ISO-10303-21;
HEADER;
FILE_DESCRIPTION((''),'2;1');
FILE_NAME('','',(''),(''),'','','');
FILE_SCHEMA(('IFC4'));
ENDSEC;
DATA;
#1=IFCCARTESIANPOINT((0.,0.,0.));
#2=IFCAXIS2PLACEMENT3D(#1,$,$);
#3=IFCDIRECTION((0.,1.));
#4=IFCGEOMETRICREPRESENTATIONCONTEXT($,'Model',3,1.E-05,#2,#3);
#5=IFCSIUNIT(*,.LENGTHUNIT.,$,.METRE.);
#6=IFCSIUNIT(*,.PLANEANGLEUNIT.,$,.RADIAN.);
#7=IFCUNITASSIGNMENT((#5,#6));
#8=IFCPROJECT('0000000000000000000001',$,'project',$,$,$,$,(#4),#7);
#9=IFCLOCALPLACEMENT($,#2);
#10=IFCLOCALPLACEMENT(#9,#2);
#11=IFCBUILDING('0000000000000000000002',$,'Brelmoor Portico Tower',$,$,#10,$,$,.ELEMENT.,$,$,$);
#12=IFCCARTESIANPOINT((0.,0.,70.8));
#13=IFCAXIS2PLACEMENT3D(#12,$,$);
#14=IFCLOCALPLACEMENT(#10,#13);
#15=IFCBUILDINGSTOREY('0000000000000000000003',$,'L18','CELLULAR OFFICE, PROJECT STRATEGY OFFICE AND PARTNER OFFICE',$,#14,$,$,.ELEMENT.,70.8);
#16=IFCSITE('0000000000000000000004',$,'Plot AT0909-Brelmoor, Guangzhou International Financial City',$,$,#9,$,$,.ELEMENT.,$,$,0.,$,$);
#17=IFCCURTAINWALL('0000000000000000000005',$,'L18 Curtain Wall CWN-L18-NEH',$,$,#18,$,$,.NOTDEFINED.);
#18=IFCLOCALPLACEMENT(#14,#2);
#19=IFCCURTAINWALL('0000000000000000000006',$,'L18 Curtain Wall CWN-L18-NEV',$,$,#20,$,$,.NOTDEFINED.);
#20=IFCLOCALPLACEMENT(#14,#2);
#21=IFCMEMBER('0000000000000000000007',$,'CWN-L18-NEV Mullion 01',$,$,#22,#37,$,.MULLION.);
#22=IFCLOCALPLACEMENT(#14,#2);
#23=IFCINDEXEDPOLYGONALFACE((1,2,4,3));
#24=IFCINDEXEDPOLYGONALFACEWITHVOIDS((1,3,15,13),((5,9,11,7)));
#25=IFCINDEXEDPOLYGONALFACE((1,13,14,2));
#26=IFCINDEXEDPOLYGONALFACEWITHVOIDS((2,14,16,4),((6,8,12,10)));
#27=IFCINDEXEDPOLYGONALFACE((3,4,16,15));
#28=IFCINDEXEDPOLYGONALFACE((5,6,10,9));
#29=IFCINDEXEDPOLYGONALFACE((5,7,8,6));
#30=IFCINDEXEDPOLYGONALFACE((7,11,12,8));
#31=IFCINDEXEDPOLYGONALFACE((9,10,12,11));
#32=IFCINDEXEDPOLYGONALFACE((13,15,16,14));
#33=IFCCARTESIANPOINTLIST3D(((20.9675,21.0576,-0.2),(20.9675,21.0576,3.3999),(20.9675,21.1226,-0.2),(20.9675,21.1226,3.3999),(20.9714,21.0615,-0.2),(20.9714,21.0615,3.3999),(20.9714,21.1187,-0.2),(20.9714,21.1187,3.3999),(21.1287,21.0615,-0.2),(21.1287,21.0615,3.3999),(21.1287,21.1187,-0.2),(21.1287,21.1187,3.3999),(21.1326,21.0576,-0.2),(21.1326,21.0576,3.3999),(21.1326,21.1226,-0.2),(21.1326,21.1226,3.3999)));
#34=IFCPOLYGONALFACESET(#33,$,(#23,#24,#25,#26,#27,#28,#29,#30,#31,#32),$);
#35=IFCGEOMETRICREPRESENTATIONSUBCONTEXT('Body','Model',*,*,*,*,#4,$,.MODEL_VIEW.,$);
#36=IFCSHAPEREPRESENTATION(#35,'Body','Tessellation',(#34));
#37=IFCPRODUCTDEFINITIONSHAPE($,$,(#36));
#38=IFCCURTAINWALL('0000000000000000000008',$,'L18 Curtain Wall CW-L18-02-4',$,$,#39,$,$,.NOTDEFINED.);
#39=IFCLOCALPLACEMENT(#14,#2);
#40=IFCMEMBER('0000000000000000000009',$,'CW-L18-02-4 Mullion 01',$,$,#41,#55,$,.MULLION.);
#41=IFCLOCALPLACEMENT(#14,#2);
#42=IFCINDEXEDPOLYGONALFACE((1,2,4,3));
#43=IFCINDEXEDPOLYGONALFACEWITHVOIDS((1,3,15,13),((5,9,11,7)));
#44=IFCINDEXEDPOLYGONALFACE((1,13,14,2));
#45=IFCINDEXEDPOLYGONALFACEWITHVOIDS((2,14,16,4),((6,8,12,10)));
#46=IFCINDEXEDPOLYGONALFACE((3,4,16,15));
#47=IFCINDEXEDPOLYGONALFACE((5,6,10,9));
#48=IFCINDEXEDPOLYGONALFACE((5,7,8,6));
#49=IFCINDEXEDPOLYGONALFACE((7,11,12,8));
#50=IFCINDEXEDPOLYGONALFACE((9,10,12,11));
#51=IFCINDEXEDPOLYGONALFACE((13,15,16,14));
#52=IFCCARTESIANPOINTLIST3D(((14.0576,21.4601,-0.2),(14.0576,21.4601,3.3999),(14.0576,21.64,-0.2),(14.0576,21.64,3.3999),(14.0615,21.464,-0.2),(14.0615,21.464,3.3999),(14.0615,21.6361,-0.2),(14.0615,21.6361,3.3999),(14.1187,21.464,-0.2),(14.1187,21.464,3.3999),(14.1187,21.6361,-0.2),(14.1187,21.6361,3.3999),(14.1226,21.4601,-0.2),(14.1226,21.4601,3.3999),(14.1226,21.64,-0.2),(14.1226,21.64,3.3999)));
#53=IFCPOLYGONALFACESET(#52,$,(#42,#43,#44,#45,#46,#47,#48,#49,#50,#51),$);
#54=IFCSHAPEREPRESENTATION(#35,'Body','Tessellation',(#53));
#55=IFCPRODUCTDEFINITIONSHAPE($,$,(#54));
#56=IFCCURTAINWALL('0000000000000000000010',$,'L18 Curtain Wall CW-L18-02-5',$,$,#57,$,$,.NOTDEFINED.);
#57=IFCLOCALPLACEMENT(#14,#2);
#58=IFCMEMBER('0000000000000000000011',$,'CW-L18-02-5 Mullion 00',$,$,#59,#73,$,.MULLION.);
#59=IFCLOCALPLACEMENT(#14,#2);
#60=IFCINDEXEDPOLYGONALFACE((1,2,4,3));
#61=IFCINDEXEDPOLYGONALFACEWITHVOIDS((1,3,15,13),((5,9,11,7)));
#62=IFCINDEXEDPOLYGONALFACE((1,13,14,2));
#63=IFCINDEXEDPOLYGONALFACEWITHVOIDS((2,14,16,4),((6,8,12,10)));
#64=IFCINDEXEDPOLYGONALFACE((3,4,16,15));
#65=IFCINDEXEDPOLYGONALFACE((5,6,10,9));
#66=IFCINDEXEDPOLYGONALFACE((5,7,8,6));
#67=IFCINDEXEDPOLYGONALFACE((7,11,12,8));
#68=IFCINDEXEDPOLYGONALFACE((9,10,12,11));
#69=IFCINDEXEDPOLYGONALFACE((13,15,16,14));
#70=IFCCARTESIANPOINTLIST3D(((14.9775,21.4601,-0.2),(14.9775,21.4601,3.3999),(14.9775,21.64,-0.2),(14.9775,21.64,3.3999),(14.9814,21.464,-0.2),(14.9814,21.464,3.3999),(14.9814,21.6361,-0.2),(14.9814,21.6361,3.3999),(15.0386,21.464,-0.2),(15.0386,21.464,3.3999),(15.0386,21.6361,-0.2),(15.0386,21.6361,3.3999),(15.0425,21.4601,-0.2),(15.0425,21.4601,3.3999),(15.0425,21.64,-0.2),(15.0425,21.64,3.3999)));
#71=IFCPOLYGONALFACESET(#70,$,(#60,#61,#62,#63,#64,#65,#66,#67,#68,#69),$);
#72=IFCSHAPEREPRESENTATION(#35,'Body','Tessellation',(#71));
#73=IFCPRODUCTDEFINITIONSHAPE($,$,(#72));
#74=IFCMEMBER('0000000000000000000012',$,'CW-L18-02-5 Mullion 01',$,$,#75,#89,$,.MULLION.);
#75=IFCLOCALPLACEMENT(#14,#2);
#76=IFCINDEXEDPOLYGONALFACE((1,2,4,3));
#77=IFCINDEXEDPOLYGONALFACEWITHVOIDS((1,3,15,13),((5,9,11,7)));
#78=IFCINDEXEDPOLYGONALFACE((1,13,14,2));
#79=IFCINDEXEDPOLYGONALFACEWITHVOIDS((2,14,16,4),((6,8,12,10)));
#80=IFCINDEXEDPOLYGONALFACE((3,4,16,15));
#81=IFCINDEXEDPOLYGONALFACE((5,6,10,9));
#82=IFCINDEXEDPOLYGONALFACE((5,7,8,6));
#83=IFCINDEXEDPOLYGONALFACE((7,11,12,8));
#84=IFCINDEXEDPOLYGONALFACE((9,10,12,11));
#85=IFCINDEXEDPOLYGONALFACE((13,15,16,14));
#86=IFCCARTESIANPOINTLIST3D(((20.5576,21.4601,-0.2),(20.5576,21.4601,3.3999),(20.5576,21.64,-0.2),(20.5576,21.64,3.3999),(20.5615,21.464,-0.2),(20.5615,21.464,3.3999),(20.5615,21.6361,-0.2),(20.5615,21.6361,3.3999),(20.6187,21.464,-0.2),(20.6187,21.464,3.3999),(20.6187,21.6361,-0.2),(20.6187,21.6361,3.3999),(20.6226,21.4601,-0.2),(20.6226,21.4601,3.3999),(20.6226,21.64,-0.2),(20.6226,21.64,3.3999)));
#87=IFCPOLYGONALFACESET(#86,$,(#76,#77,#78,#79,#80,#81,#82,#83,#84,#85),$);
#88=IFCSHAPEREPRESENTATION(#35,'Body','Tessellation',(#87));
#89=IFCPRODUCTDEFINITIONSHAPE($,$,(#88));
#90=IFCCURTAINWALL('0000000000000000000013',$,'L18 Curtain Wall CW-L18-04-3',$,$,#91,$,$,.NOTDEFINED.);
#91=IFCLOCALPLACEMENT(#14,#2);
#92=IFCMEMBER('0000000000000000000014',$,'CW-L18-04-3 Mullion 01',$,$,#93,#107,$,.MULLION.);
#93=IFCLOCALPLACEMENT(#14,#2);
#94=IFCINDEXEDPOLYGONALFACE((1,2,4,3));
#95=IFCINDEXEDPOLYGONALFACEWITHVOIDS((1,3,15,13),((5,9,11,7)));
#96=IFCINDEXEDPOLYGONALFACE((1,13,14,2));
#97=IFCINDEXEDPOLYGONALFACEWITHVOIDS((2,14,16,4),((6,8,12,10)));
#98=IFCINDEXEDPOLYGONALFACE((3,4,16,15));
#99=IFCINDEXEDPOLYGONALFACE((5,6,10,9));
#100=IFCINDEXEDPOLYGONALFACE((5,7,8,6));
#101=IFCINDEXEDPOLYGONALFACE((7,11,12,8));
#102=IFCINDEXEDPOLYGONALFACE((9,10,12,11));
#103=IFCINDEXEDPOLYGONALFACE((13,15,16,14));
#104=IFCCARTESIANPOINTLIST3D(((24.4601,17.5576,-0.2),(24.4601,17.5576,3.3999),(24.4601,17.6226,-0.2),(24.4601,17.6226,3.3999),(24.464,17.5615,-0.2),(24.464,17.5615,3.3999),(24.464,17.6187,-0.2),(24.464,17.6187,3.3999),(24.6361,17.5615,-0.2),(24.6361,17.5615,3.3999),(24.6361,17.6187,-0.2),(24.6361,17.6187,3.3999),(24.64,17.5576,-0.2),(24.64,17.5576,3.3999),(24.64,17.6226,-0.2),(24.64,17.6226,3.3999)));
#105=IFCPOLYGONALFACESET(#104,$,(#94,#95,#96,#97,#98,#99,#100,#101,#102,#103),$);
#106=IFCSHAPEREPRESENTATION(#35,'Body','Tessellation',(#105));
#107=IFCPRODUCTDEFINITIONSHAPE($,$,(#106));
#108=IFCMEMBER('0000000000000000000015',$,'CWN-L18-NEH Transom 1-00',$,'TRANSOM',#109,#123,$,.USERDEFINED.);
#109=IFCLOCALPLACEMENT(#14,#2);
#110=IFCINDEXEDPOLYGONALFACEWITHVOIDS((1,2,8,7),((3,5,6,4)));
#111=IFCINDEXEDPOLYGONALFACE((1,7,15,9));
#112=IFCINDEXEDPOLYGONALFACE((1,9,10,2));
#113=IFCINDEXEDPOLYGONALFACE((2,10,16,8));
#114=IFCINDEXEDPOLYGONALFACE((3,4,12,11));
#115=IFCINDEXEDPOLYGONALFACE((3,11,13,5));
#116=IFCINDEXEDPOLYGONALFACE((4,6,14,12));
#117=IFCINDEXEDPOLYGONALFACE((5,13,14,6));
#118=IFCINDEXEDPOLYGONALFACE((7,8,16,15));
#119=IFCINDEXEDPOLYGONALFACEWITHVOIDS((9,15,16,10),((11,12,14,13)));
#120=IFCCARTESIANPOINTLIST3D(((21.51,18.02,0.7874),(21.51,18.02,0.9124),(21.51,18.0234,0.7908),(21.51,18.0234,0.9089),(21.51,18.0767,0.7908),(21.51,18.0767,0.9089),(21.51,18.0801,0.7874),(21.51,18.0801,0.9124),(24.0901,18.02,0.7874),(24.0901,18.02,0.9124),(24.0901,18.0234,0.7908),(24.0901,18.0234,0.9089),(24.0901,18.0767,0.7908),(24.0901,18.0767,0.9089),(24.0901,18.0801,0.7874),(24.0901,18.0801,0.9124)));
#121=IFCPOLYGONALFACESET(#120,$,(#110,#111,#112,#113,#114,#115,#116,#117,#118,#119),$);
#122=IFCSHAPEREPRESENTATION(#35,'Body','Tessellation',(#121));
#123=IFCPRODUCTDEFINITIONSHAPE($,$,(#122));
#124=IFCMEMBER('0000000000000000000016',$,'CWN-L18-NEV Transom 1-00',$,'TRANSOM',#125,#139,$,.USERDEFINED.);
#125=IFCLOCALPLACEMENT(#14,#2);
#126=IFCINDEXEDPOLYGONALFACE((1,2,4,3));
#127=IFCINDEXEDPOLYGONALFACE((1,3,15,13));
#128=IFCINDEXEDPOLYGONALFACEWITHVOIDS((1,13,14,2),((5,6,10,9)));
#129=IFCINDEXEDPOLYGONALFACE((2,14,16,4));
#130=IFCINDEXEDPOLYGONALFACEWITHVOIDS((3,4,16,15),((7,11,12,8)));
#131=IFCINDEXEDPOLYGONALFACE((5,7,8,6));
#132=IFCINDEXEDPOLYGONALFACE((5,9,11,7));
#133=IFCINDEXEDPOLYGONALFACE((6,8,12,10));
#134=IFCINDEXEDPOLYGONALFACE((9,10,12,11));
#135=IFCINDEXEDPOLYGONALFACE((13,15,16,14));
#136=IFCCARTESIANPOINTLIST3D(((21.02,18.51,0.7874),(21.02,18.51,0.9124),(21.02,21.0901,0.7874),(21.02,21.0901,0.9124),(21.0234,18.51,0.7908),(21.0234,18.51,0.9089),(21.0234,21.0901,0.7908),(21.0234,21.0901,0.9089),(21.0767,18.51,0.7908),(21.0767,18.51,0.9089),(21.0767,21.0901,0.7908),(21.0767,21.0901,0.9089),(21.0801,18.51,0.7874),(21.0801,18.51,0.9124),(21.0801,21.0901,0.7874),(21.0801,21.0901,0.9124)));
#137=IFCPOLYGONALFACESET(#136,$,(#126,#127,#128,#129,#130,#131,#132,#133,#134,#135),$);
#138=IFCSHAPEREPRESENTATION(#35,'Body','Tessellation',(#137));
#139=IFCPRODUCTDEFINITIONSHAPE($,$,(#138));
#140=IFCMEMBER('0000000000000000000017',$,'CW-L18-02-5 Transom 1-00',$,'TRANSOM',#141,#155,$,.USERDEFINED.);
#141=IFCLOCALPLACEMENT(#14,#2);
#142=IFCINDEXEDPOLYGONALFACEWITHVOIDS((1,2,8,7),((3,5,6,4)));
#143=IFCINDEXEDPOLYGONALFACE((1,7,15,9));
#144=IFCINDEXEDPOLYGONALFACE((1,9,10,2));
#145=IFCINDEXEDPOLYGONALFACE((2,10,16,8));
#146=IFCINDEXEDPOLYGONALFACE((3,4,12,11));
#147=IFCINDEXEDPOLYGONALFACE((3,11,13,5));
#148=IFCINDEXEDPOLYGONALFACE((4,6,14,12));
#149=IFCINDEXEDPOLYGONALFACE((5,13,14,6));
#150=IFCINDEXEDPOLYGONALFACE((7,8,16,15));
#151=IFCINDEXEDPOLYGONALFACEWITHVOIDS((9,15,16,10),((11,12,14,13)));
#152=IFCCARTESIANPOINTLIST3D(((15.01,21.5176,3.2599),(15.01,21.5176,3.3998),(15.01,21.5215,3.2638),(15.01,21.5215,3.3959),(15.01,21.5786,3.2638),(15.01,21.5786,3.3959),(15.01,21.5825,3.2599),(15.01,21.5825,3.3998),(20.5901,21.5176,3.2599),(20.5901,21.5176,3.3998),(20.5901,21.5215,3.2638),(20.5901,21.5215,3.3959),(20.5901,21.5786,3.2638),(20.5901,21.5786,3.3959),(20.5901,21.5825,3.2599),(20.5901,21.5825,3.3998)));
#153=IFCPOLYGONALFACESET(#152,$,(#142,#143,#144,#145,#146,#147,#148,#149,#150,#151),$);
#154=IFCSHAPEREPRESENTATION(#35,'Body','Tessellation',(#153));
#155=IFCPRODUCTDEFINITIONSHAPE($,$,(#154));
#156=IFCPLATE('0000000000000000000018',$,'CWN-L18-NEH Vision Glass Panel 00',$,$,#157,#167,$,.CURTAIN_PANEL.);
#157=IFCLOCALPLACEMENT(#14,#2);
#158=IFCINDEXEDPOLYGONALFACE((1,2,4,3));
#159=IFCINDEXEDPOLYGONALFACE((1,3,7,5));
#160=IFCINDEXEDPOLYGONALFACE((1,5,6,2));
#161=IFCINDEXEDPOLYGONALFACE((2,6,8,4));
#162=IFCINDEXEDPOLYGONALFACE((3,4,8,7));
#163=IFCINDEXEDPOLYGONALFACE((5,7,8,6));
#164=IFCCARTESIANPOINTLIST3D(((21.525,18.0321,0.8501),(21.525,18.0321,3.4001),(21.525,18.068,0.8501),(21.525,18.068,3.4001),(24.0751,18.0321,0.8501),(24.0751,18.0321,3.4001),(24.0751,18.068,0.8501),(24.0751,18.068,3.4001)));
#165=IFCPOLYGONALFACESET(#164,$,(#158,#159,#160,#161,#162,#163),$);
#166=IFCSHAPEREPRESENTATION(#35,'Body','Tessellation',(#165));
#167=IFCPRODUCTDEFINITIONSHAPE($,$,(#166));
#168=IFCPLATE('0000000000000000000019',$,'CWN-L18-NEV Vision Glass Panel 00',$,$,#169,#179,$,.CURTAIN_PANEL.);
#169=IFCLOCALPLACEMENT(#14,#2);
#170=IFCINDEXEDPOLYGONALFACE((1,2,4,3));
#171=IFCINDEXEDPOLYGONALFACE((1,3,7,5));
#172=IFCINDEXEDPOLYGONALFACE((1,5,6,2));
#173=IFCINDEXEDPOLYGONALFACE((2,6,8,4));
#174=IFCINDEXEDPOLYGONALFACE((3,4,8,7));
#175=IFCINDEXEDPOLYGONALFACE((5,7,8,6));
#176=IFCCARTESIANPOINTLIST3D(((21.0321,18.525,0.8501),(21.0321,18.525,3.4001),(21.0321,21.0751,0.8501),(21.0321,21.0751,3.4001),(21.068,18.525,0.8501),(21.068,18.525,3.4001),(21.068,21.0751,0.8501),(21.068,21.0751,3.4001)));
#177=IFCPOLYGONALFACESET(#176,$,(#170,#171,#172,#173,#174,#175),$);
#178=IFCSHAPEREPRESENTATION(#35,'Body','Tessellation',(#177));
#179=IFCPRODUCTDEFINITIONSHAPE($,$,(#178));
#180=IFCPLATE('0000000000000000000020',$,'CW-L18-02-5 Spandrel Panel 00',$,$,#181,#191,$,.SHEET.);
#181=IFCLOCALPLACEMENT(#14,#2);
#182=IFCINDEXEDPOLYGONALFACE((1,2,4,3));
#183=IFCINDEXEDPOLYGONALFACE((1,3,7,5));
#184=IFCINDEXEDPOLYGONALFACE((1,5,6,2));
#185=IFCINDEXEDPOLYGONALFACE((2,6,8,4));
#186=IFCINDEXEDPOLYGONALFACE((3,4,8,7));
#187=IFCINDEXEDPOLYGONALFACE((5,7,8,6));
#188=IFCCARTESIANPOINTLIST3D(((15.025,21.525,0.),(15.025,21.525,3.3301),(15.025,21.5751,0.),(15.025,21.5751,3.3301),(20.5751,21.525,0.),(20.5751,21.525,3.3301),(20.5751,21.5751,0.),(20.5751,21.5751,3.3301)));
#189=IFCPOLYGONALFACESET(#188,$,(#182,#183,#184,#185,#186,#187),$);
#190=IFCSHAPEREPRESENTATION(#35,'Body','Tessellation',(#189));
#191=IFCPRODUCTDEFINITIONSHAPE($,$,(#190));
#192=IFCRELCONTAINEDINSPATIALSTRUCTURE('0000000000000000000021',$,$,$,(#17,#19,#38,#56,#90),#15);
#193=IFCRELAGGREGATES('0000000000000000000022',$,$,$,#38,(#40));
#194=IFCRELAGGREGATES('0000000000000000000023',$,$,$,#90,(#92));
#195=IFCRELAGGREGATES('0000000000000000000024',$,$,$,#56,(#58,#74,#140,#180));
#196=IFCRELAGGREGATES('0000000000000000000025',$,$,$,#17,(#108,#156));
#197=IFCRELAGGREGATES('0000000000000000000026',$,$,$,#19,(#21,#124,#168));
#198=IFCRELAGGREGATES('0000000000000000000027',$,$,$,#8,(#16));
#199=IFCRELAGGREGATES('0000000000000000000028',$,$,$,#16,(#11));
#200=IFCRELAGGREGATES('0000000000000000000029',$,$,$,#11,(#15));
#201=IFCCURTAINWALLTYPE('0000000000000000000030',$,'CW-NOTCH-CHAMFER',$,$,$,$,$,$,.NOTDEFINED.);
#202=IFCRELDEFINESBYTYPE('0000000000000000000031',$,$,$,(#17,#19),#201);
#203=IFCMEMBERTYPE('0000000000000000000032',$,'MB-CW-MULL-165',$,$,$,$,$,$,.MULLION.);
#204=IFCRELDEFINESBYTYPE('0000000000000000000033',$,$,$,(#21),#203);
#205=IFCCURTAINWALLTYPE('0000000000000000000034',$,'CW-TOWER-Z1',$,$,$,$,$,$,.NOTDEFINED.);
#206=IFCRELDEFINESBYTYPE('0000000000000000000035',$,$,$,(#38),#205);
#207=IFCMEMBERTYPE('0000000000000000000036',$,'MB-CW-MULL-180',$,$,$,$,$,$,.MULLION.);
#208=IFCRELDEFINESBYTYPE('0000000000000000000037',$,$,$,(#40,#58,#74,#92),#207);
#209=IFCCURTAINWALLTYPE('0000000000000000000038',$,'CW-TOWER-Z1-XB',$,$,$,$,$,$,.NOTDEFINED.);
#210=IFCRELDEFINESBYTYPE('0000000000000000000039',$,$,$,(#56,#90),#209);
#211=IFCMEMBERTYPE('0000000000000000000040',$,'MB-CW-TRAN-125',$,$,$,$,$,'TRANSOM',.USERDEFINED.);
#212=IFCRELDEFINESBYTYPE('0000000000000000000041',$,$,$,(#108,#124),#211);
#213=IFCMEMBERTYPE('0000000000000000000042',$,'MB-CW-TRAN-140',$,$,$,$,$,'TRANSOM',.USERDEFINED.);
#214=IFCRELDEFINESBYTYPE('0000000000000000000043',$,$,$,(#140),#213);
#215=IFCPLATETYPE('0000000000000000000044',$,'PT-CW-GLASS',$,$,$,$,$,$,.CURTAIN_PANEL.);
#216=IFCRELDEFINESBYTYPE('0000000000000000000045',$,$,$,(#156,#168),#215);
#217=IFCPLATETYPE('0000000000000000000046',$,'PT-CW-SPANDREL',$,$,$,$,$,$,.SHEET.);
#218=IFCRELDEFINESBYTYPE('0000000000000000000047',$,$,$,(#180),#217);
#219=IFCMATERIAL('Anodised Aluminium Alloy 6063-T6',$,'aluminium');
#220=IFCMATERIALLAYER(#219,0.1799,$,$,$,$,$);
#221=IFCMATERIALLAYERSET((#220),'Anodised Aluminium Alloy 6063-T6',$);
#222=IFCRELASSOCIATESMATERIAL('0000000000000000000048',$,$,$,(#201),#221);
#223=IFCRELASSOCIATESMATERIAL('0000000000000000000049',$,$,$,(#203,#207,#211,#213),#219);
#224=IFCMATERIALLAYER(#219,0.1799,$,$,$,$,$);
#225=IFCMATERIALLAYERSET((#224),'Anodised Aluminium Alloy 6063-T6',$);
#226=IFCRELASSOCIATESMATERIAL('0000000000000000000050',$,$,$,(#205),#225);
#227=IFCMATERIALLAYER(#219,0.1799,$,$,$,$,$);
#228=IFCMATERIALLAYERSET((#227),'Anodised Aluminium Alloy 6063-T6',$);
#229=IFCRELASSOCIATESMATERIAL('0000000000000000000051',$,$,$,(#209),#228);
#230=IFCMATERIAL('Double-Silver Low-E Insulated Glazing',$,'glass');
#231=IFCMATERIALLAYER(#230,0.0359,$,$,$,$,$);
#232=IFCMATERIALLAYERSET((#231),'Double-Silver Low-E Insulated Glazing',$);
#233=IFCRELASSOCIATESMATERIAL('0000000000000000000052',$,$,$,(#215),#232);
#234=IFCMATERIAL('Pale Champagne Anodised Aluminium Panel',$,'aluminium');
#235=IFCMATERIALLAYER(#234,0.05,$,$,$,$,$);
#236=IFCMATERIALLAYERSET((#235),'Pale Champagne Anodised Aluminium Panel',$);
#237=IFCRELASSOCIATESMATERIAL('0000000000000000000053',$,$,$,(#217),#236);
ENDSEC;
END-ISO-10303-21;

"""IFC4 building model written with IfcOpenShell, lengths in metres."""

from ifc_helpers import new_model, si_unit, direction, frame, origin, origin_2d, place, context, subcontext, project, spatial, rectangle, hollow_rectangle, extrude, material, layer, layer_set, material_profile, profile_set, type_object, element, aggregate, save


model = new_model("IFC4")

# Units and contexts
model_context = context("Model", 3, precision=1e-05, world=origin(), true_north=direction((0.0, 1.0)))
body_context = subcontext(model_context, "Body", "Model", "MODEL_VIEW")
ifc_project = project(units=[si_unit("LENGTHUNIT", "METRE"), si_unit("PLANEANGLEUNIT", "RADIAN")], contexts=[model_context])

# Site, building, storey
site_placement = place(None, origin())
site = spatial("IfcSite", under=ifc_project, at=site_placement, Name="Plot AT0909-Brelmoor, Guangzhou International Financial City", CompositionType="ELEMENT", RefElevation=0.0)
building_placement = place(site_placement, origin())
building = spatial("IfcBuilding", under=site, at=building_placement, Name="Brelmoor Portico Tower", CompositionType="ELEMENT")
storey_placement = place(building_placement, frame((0.0, 0.0, 70.8)))
storey = spatial("IfcBuildingStorey", under=building, at=storey_placement, Name="L18", Description="CELLULAR OFFICE, PROJECT STRATEGY OFFICE AND PARTNER OFFICE", CompositionType="ELEMENT", Elevation=70.8)

# Curtain walls, member
ifc_material_1 = material(Name="Anodised Aluminium Alloy 6063-T6", Category="aluminium")
ifc_layer_1 = layer(ifc_material_1, 0.1799)
ifc_layer_set_1 = layer_set([ifc_layer_1], Name="Anodised Aluminium Alloy 6063-T6")
curtain_wall_type_1 = type_object("IfcCurtainWallType", Name="CW-NOTCH-CHAMFER", PredefinedType="NOTDEFINED", material=ifc_layer_set_1)
curtain_wall_1_placement = place(storey_placement, origin())
curtain_wall_1 = element("IfcCurtainWall", 1, at=curtain_wall_1_placement, inside=storey, type_object=curtain_wall_type_1, Name="L18 Curtain Wall CWN-L18-NEH", PredefinedType="NOTDEFINED")
ifc_material_profile_1 = material_profile(ifc_material_1, hollow_rectangle(XDim=0.0649, YDim=0.165, WallThickness=0.0039, at=origin_2d()), Name="ALU MULLION 65x165")
ifc_profile_set_1 = profile_set([ifc_material_profile_1], Name="Anodised Aluminium Alloy 6063-T6")
member_type_1 = type_object("IfcMemberType", Name="MB-CW-MULL-165", PredefinedType="MULLION", material=ifc_profile_set_1)
curtain_wall_2_placement = place(storey_placement, origin())
curtain_wall_2 = element("IfcCurtainWall", 2, at=curtain_wall_2_placement, inside=storey, type_object=curtain_wall_type_1, Name="L18 Curtain Wall CWN-L18-NEV", PredefinedType="NOTDEFINED")
member_1_placement = place(storey_placement, frame((21.05, 21.0901, -0.2), z_axis=(0.0, 0.0, 1.0), x_axis=(0.0, 1.0, 0.0)))
member_1 = element("IfcMember", 3, at=member_1_placement, type_object=member_type_1, Name="CWN-L18-NEV Mullion 01", PredefinedType="MULLION", context=body_context, shape_type="SweptSolid", body=[
    extrude(hollow_rectangle(XDim=0.0649, YDim=0.165, WallThickness=0.0039, at=origin_2d()), origin(), (0.0, 0.0, 1.0), 3.5999),
])

# Curtain wall, member
ifc_layer_2 = layer(ifc_material_1, 0.1799)
ifc_layer_set_2 = layer_set([ifc_layer_2], Name="Anodised Aluminium Alloy 6063-T6")
curtain_wall_type_2 = type_object("IfcCurtainWallType", Name="CW-TOWER-Z1", PredefinedType="NOTDEFINED", material=ifc_layer_set_2)
curtain_wall_3_placement = place(storey_placement, origin())
curtain_wall_3 = element("IfcCurtainWall", 4, at=curtain_wall_3_placement, inside=storey, type_object=curtain_wall_type_2, Name="L18 Curtain Wall CW-L18-02-4", PredefinedType="NOTDEFINED")
ifc_material_profile_2 = material_profile(ifc_material_1, hollow_rectangle(XDim=0.0649, YDim=0.1799, WallThickness=0.0039, at=origin_2d()), Name="ALU MULLION 65x180")
ifc_profile_set_2 = profile_set([ifc_material_profile_2], Name="Anodised Aluminium Alloy 6063-T6")
member_type_2 = type_object("IfcMemberType", Name="MB-CW-MULL-180", PredefinedType="MULLION", material=ifc_profile_set_2)
member_2_placement = place(storey_placement, frame((14.0901, 21.55, -0.2), z_axis=(0.0, 0.0, 1.0), x_axis=(1.0, 0.0, 0.0)))
member_2 = element("IfcMember", 5, at=member_2_placement, type_object=member_type_2, Name="CW-L18-02-4 Mullion 01", PredefinedType="MULLION", context=body_context, shape_type="SweptSolid", body=[
    extrude(hollow_rectangle(XDim=0.0649, YDim=0.1799, WallThickness=0.0039, at=origin_2d()), origin(), (0.0, 0.0, 1.0), 3.5999),
])
aggregate(curtain_wall_3, [member_2])

# Curtain wall, members
ifc_layer_3 = layer(ifc_material_1, 0.1799)
ifc_layer_set_3 = layer_set([ifc_layer_3], Name="Anodised Aluminium Alloy 6063-T6")
curtain_wall_type_3 = type_object("IfcCurtainWallType", Name="CW-TOWER-Z1-XB", PredefinedType="NOTDEFINED", material=ifc_layer_set_3)
curtain_wall_4_placement = place(storey_placement, origin())
curtain_wall_4 = element("IfcCurtainWall", 6, at=curtain_wall_4_placement, inside=storey, type_object=curtain_wall_type_3, Name="L18 Curtain Wall CW-L18-02-5", PredefinedType="NOTDEFINED")
member_3_placement = place(storey_placement, frame((15.01, 21.55, -0.2), z_axis=(0.0, 0.0, 1.0), x_axis=(1.0, 0.0, 0.0)))
member_3 = element("IfcMember", 7, at=member_3_placement, type_object=member_type_2, Name="CW-L18-02-5 Mullion 00", PredefinedType="MULLION", context=body_context, shape_type="SweptSolid", body=[
    extrude(hollow_rectangle(XDim=0.0649, YDim=0.1799, WallThickness=0.0039, at=origin_2d()), origin(), (0.0, 0.0, 1.0), 3.5999),
])
member_4_placement = place(storey_placement, frame((20.5901, 21.55, -0.2), z_axis=(0.0, 0.0, 1.0), x_axis=(1.0, 0.0, 0.0)))
member_4 = element("IfcMember", 8, at=member_4_placement, type_object=member_type_2, Name="CW-L18-02-5 Mullion 01", PredefinedType="MULLION", context=body_context, shape_type="SweptSolid", body=[
    extrude(hollow_rectangle(XDim=0.0649, YDim=0.1799, WallThickness=0.0039, at=origin_2d()), origin(), (0.0, 0.0, 1.0), 3.5999),
])

# Curtain wall, member
curtain_wall_5_placement = place(storey_placement, origin())
curtain_wall_5 = element("IfcCurtainWall", 9, at=curtain_wall_5_placement, inside=storey, type_object=curtain_wall_type_3, Name="L18 Curtain Wall CW-L18-04-3", PredefinedType="NOTDEFINED")
member_5_placement = place(storey_placement, frame((24.55, 17.5901, -0.2), z_axis=(0.0, 0.0, 1.0), x_axis=(0.0, 1.0, 0.0)))
member_5 = element("IfcMember", 10, at=member_5_placement, type_object=member_type_2, Name="CW-L18-04-3 Mullion 01", PredefinedType="MULLION", context=body_context, shape_type="SweptSolid", body=[
    extrude(hollow_rectangle(XDim=0.0649, YDim=0.1799, WallThickness=0.0039, at=origin_2d()), origin(), (0.0, 0.0, 1.0), 3.5999),
])
aggregate(curtain_wall_5, [member_5])

# Members
ifc_material_profile_3 = material_profile(ifc_material_1, hollow_rectangle(XDim=0.0601, YDim=0.125, WallThickness=0.0034, at=origin_2d()), Name="ALU TRANSOM 60x125")
ifc_profile_set_3 = profile_set([ifc_material_profile_3], Name="Anodised Aluminium Alloy 6063-T6")
member_type_3 = type_object("IfcMemberType", Name="MB-CW-TRAN-125", ElementType="TRANSOM", PredefinedType="USERDEFINED", material=ifc_profile_set_3)
member_6_placement = place(storey_placement, frame((21.51, 18.05, 0.8499), z_axis=(1.0, 0.0, 0.0), x_axis=(0.0, 1.0, 0.0)))
member_6 = element("IfcMember", 11, at=member_6_placement, type_object=member_type_3, Name="CWN-L18-NEH Transom 1-00", ObjectType="TRANSOM", PredefinedType="USERDEFINED", context=body_context, shape_type="SweptSolid", body=[
    extrude(hollow_rectangle(XDim=0.0601, YDim=0.125, WallThickness=0.0034, at=origin_2d()), origin(), (0.0, 0.0, 1.0), 2.5801),
])
member_7_placement = place(storey_placement, frame((21.05, 18.51, 0.8499), z_axis=(0.0, 1.0, 0.0), x_axis=(-1.0, 0.0, 0.0)))
member_7 = element("IfcMember", 12, at=member_7_placement, type_object=member_type_3, Name="CWN-L18-NEV Transom 1-00", ObjectType="TRANSOM", PredefinedType="USERDEFINED", context=body_context, shape_type="SweptSolid", body=[
    extrude(hollow_rectangle(XDim=0.0601, YDim=0.125, WallThickness=0.0034, at=origin_2d()), origin(), (0.0, 0.0, 1.0), 2.5801),
])
ifc_material_profile_4 = material_profile(ifc_material_1, hollow_rectangle(XDim=0.0649, YDim=0.1399, WallThickness=0.0039, at=origin_2d()), Name="ALU TRANSOM 65x140")
ifc_profile_set_4 = profile_set([ifc_material_profile_4], Name="Anodised Aluminium Alloy 6063-T6")
member_type_4 = type_object("IfcMemberType", Name="MB-CW-TRAN-140", ElementType="TRANSOM", PredefinedType="USERDEFINED", material=ifc_profile_set_4)
member_8_placement = place(storey_placement, frame((15.01, 21.55, 3.3298), z_axis=(1.0, 0.0, 0.0), x_axis=(0.0, 1.0, 0.0)))
member_8 = element("IfcMember", 13, at=member_8_placement, type_object=member_type_4, Name="CW-L18-02-5 Transom 1-00", ObjectType="TRANSOM", PredefinedType="USERDEFINED", context=body_context, shape_type="SweptSolid", body=[
    extrude(hollow_rectangle(XDim=0.0649, YDim=0.1399, WallThickness=0.0039, at=origin_2d()), origin(), (0.0, 0.0, 1.0), 5.5801),
])

# Plates
ifc_material_2 = material(Name="Double-Silver Low-E Insulated Glazing", Category="glass")
ifc_layer_4 = layer(ifc_material_2, 0.0359)
ifc_layer_set_4 = layer_set([ifc_layer_4], Name="Double-Silver Low-E Insulated Glazing")
plate_type_1 = type_object("IfcPlateType", Name="PT-CW-GLASS", PredefinedType="CURTAIN_PANEL", material=ifc_layer_set_4)
plate_1_placement = place(storey_placement, frame((22.8, 18.05, 0.8501), z_axis=(0.0, 0.0, 1.0), x_axis=(1.0, 0.0, 0.0)))
plate_1 = element("IfcPlate", 14, at=plate_1_placement, type_object=plate_type_1, Name="CWN-L18-NEH Vision Glass Panel 00", PredefinedType="CURTAIN_PANEL", context=body_context, shape_type="SweptSolid", body=[
    extrude(rectangle(XDim=2.55, YDim=0.0359, at=origin_2d()), origin(), (0.0, 0.0, 1.0), 2.55),
])
plate_2_placement = place(storey_placement, frame((21.05, 19.8, 0.8501), z_axis=(0.0, 0.0, 1.0), x_axis=(0.0, 1.0, 0.0)))
plate_2 = element("IfcPlate", 15, at=plate_2_placement, type_object=plate_type_1, Name="CWN-L18-NEV Vision Glass Panel 00", PredefinedType="CURTAIN_PANEL", context=body_context, shape_type="SweptSolid", body=[
    extrude(rectangle(XDim=2.55, YDim=0.0359, at=origin_2d()), origin(), (0.0, 0.0, 1.0), 2.55),
])
ifc_material_3 = material(Name="Pale Champagne Anodised Aluminium Panel", Category="aluminium")
ifc_layer_5 = layer(ifc_material_3, 0.05)
ifc_layer_set_5 = layer_set([ifc_layer_5], Name="Pale Champagne Anodised Aluminium Panel")
plate_type_2 = type_object("IfcPlateType", Name="PT-CW-SPANDREL", PredefinedType="SHEET", material=ifc_layer_set_5)
plate_3_placement = place(storey_placement, frame((17.8, 21.55, 0.0), z_axis=(0.0, 0.0, 1.0), x_axis=(1.0, 0.0, 0.0)))
plate_3 = element("IfcPlate", 16, at=plate_3_placement, type_object=plate_type_2, Name="CW-L18-02-5 Spandrel Panel 00", PredefinedType="SHEET", context=body_context, shape_type="SweptSolid", body=[
    extrude(rectangle(XDim=5.55, YDim=0.05, at=origin_2d()), origin(), (0.0, 0.0, 1.0), 3.3301),
])
aggregate(curtain_wall_4, [member_3, member_4, member_8, plate_3])
aggregate(curtain_wall_1, [member_6, plate_1])
aggregate(curtain_wall_2, [member_1, member_7, plate_2])

save(model, "model.ifc")
